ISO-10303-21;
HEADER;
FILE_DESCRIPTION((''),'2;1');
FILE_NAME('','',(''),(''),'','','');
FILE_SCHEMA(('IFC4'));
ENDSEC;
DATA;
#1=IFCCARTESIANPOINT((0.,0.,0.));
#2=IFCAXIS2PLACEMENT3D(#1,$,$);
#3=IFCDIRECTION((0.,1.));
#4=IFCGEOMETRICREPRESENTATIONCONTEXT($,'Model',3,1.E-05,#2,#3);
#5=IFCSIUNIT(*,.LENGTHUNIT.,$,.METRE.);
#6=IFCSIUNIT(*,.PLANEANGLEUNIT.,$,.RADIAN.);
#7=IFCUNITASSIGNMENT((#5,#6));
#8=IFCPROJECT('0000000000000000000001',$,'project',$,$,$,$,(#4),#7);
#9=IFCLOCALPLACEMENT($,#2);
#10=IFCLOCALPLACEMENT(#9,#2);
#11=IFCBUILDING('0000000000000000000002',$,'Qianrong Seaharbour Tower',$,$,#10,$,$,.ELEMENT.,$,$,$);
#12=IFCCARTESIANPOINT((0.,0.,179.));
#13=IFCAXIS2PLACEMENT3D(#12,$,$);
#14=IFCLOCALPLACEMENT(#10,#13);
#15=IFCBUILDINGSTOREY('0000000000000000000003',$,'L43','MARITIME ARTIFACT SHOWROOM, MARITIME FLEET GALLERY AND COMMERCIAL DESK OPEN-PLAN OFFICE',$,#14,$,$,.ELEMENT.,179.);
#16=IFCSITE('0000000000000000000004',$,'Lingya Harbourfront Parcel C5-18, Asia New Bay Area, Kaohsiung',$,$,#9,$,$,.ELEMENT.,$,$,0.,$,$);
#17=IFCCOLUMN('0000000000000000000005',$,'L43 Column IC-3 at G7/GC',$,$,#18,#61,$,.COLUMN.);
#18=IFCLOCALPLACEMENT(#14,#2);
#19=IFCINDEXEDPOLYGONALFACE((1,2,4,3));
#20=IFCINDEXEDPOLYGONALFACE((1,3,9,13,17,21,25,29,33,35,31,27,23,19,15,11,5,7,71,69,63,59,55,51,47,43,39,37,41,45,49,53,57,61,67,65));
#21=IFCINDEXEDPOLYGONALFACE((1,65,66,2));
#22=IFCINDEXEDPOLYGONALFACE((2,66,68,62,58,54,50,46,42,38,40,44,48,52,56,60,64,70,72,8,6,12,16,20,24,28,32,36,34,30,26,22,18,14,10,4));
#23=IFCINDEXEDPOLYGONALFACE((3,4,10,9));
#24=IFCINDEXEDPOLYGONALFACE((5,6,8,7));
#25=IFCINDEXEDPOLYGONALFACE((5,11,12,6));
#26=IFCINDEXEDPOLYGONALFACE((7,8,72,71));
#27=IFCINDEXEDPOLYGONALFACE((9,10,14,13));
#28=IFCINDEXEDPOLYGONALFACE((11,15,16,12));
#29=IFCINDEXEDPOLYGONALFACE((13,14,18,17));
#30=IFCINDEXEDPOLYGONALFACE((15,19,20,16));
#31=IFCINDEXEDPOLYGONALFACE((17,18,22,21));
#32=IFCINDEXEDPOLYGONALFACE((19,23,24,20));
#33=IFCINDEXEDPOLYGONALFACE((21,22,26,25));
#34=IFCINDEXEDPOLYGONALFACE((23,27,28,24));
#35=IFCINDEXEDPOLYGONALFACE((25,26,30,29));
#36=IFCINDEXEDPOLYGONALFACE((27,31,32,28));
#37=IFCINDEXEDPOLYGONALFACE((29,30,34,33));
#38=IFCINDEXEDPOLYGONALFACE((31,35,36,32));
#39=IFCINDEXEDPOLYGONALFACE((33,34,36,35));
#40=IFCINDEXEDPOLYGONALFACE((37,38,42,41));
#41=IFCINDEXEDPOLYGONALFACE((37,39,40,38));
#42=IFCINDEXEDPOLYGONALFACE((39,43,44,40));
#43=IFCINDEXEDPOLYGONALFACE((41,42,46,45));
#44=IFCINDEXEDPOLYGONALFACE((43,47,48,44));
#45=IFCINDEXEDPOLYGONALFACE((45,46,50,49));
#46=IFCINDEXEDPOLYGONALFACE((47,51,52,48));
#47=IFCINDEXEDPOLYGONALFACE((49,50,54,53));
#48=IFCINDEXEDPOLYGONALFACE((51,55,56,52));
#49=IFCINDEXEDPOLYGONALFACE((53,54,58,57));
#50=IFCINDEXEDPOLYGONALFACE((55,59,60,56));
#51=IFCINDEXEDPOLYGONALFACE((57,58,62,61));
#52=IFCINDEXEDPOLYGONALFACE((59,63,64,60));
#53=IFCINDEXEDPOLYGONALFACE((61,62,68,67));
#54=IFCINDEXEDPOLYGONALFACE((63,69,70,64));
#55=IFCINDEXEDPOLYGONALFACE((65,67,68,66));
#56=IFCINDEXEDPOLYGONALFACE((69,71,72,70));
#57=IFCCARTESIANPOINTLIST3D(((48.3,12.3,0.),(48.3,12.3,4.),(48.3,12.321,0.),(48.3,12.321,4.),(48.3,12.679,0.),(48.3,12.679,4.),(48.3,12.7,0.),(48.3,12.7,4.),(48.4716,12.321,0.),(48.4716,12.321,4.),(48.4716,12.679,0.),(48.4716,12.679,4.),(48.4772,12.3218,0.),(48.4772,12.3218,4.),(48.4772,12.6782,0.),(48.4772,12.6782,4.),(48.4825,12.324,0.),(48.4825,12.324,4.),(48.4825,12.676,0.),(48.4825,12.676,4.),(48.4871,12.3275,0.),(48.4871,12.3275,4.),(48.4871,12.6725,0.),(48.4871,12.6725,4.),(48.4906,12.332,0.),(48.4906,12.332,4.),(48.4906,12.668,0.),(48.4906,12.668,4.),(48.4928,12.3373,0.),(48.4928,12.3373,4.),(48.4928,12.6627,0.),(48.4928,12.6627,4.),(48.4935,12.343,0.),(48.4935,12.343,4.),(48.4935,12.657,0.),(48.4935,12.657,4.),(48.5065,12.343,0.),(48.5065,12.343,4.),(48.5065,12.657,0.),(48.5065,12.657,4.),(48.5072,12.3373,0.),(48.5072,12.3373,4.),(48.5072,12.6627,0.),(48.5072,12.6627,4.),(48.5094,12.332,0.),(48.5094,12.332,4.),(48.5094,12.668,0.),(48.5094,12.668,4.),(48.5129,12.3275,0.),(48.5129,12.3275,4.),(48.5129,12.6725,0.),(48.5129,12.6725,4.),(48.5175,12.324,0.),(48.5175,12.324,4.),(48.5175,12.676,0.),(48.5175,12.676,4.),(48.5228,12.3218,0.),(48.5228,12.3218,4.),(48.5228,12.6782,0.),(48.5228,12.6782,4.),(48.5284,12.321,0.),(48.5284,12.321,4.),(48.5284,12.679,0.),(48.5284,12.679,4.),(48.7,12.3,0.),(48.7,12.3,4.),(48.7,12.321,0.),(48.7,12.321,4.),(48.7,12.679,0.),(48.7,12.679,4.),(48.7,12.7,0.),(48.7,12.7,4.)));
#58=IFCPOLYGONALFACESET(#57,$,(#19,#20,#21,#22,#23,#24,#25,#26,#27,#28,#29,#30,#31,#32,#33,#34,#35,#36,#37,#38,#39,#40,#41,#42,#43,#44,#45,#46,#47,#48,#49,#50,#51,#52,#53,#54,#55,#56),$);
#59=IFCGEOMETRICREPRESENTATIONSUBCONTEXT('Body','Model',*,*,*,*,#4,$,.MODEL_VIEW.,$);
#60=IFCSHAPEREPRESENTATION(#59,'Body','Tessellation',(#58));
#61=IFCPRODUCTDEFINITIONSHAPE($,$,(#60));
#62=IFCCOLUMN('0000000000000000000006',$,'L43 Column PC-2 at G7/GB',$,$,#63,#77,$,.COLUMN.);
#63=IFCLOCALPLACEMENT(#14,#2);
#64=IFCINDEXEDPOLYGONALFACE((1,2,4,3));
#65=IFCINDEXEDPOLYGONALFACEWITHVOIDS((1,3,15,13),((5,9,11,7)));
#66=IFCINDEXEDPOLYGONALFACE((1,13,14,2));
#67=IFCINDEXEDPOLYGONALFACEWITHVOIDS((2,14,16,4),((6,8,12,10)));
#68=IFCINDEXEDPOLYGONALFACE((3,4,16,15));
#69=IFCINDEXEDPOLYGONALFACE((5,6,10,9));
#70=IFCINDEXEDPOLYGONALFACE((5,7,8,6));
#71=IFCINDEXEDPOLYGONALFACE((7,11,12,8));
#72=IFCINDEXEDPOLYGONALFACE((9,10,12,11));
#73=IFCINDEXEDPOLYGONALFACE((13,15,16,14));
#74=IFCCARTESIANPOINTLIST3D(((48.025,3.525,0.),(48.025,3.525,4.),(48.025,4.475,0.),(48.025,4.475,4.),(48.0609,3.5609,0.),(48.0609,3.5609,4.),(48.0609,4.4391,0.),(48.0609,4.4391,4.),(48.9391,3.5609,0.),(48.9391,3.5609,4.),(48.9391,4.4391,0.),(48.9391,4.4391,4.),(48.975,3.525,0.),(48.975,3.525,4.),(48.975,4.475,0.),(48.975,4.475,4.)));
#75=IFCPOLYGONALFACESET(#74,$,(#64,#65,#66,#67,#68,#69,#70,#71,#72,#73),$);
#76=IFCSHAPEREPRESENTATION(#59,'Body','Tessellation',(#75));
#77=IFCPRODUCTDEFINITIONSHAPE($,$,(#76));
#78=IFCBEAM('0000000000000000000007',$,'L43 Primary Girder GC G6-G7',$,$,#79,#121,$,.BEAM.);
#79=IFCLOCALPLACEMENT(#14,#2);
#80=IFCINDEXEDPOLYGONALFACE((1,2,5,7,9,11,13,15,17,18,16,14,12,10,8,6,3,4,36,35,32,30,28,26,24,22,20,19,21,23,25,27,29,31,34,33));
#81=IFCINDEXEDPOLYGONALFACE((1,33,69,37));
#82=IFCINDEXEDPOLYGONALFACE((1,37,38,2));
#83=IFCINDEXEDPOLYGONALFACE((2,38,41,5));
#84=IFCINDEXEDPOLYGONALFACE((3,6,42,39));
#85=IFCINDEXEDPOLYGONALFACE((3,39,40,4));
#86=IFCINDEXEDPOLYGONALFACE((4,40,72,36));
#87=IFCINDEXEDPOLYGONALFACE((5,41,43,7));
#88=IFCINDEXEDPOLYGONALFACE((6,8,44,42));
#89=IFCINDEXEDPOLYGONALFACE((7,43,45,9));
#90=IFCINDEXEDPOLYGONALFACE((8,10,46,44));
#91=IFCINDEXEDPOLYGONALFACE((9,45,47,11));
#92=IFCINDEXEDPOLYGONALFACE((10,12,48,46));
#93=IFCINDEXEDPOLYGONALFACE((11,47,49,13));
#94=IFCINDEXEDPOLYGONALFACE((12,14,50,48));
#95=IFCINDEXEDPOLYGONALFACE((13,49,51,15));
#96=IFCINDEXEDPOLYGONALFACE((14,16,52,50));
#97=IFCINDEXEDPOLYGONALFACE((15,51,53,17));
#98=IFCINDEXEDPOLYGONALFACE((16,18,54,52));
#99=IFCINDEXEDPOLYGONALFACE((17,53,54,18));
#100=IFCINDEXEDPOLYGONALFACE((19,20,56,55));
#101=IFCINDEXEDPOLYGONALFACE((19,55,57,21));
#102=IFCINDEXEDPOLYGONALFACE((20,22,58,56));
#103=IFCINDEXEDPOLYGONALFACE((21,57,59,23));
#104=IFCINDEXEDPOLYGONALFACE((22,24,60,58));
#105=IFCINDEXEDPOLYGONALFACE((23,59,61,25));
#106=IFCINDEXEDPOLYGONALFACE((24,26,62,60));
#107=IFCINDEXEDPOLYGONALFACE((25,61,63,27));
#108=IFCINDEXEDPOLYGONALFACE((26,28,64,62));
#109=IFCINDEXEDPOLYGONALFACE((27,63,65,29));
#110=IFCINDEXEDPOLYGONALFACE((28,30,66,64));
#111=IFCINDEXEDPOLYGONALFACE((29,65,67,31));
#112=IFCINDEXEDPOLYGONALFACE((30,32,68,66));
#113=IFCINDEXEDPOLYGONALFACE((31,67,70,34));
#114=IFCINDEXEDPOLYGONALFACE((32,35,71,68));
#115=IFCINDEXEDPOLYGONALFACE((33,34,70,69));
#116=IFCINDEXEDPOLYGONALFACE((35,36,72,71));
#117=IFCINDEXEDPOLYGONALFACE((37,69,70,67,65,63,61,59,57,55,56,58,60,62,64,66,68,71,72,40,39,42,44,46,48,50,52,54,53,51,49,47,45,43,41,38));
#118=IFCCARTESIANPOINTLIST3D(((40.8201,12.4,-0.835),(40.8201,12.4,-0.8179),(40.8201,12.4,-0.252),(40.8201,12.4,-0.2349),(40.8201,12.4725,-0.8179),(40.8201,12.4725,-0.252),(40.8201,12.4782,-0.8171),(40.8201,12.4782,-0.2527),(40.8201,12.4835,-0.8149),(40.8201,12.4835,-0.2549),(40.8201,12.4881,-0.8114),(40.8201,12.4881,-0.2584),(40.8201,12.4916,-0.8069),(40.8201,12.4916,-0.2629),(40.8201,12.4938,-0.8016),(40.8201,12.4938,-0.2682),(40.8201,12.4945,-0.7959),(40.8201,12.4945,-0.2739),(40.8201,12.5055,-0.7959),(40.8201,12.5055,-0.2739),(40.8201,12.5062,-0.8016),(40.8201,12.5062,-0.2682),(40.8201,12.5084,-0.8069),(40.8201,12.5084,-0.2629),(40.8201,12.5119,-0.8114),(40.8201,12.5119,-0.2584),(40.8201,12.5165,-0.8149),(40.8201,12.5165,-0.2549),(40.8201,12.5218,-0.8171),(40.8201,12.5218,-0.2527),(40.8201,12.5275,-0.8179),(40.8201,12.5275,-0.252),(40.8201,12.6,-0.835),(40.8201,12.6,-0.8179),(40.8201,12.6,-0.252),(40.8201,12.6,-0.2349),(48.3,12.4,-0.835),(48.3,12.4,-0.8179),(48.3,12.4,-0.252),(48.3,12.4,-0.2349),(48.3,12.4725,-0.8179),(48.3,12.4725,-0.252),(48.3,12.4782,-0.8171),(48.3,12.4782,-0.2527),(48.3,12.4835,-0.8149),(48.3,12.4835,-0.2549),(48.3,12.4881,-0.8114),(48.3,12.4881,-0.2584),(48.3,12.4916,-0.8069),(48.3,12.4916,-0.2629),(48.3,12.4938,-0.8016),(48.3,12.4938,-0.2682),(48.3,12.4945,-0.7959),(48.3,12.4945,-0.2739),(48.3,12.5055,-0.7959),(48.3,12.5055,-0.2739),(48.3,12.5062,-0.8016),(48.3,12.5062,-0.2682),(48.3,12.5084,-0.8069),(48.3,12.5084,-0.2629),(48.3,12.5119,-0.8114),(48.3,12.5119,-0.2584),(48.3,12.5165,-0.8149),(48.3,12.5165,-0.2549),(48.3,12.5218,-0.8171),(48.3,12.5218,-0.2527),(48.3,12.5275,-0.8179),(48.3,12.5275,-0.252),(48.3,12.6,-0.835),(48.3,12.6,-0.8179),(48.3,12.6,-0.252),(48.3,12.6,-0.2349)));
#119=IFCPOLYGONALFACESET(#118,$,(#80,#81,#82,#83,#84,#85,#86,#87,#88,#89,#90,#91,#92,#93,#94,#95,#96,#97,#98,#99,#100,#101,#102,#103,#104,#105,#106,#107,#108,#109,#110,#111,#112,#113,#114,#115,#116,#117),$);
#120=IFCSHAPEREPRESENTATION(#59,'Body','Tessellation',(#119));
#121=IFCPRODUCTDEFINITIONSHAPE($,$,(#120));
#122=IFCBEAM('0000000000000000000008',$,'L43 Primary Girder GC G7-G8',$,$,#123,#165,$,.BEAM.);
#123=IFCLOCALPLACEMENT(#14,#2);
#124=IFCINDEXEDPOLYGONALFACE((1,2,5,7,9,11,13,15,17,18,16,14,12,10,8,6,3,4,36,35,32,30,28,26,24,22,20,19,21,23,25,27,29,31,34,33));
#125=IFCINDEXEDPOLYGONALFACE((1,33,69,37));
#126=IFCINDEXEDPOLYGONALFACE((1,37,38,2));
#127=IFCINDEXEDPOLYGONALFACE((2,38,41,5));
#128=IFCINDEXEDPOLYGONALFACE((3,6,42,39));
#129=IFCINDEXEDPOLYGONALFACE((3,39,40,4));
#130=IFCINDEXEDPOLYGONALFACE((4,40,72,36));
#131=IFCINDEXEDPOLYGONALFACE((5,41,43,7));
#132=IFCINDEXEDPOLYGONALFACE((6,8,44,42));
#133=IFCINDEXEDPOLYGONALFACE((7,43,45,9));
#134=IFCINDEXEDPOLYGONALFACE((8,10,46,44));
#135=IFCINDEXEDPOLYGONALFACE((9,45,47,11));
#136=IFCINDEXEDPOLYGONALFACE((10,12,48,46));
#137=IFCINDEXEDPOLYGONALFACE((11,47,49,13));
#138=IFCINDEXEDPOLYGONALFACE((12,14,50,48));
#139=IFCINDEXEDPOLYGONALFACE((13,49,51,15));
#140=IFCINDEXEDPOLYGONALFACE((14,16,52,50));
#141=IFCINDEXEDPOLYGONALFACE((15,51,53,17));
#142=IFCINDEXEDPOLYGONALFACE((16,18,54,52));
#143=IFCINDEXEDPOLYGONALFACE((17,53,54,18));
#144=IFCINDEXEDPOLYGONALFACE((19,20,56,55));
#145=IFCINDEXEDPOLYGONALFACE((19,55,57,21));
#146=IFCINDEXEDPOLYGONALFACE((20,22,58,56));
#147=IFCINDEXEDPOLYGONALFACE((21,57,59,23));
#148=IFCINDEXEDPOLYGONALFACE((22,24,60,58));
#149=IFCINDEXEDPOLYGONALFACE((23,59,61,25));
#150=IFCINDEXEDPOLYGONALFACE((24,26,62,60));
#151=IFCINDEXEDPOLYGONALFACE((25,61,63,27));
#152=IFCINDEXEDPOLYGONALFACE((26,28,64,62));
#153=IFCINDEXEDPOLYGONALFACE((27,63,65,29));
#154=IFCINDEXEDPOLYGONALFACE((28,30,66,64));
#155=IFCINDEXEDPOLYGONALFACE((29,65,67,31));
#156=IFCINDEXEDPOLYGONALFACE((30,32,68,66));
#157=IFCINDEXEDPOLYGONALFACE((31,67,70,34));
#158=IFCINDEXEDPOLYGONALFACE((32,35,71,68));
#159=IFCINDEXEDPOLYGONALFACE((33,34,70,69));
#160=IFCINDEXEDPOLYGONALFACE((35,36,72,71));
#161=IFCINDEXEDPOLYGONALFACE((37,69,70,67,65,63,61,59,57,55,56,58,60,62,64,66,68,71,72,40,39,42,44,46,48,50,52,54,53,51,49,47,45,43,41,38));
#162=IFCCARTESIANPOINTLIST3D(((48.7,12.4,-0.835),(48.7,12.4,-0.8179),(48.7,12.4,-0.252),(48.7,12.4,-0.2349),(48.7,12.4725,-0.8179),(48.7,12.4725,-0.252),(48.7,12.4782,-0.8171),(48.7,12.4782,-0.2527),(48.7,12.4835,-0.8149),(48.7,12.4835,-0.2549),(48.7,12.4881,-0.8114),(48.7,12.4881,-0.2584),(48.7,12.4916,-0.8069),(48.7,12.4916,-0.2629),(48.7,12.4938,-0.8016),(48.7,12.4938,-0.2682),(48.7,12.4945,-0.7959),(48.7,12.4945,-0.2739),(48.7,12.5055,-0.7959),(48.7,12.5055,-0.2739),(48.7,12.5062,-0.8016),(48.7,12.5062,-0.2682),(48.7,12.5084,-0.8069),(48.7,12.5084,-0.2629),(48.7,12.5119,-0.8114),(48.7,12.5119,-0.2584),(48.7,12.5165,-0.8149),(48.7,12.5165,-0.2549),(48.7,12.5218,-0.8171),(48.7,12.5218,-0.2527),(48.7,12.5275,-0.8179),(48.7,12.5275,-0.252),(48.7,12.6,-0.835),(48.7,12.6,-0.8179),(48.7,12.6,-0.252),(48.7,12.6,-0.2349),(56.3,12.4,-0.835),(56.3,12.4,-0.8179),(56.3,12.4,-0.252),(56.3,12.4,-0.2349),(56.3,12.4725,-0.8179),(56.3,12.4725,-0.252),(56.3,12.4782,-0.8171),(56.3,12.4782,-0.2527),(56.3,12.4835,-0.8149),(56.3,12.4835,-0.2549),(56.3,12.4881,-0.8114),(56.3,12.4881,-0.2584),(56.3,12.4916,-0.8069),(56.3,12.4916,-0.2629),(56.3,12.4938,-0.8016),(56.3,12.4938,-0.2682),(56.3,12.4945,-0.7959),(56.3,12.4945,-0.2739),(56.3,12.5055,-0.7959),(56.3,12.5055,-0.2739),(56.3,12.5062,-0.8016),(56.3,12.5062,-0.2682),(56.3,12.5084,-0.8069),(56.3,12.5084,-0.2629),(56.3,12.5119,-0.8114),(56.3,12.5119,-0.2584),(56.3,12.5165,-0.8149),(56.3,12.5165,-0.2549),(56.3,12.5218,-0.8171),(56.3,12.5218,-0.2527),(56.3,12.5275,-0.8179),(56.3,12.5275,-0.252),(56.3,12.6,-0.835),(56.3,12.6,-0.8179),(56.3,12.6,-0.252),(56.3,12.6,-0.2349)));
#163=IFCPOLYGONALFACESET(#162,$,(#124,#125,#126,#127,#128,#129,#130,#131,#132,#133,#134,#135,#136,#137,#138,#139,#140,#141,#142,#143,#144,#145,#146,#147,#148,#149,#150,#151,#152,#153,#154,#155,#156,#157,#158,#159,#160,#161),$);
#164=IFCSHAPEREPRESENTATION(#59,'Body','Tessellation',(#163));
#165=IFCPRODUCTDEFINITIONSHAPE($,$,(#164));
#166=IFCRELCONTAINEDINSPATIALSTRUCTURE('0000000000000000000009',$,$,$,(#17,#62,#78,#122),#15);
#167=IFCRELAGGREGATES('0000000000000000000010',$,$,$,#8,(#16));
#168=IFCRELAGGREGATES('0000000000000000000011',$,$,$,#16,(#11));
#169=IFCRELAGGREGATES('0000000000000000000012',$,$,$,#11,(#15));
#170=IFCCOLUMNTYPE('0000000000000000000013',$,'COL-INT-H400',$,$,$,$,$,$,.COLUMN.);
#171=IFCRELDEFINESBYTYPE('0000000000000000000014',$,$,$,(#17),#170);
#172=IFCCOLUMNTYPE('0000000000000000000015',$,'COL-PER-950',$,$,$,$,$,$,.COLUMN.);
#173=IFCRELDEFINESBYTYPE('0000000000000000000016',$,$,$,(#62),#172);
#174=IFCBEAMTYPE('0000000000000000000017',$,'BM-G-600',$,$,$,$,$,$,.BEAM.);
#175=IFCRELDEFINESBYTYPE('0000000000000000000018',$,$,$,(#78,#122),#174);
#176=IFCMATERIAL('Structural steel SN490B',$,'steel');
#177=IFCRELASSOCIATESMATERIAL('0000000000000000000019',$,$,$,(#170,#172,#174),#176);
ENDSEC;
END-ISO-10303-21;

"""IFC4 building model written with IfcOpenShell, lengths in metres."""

from ifc_helpers import new_model, si_unit, direction, frame, origin, origin_2d, place, context, subcontext, project, spatial, hollow_rectangle, i_section, extrude, material, material_profile, profile_set, type_object, element, save


model = new_model("IFC4")

# Units and contexts
model_context = context("Model", 3, precision=1e-05, world=origin(), true_north=direction((0.0, 1.0)))
body_context = subcontext(model_context, "Body", "Model", "MODEL_VIEW")
ifc_project = project(units=[si_unit("LENGTHUNIT", "METRE"), si_unit("PLANEANGLEUNIT", "RADIAN")], contexts=[model_context])

# Site, building, storey
site_placement = place(None, origin())
site = spatial("IfcSite", under=ifc_project, at=site_placement, Name="Lingya Harbourfront Parcel C5-18, Asia New Bay Area, Kaohsiung", CompositionType="ELEMENT", RefElevation=0.0)
building_placement = place(site_placement, origin())
building = spatial("IfcBuilding", under=site, at=building_placement, Name="Qianrong Seaharbour Tower", CompositionType="ELEMENT")
storey_placement = place(building_placement, frame((0.0, 0.0, 179.0)))
storey = spatial("IfcBuildingStorey", under=building, at=storey_placement, Name="L43", Description="MARITIME ARTIFACT SHOWROOM, MARITIME FLEET GALLERY AND COMMERCIAL DESK OPEN-PLAN OFFICE", CompositionType="ELEMENT", Elevation=179.0)

# Columns
ifc_material_1 = material(Name="Structural steel SN490B", Category="steel")
ifc_material_profile_1 = material_profile(ifc_material_1, i_section(OverallWidth=0.3999, OverallDepth=0.3999, WebThickness=0.0129, FlangeThickness=0.021, FilletRadius=0.022, at=origin_2d()), Name="H400x400x13x21")
ifc_profile_set_1 = profile_set([ifc_material_profile_1], Name="Structural steel SN490B")
column_type_1 = type_object("IfcColumnType", Name="COL-INT-H400", PredefinedType="COLUMN", material=ifc_profile_set_1)
column_1_placement = place(storey_placement, frame((48.5, 12.5, 0.0), z_axis=(0.0, 0.0, 1.0), x_axis=(1.0, 0.0, 0.0)))
element("IfcColumn", 1, at=column_1_placement, inside=storey, type_object=column_type_1, Name="L43 Column IC-3 at G7/GC", PredefinedType="COLUMN", context=body_context, shape_type="SweptSolid", body=[
    extrude(i_section(OverallWidth=0.3999, OverallDepth=0.3999, WebThickness=0.0129, FlangeThickness=0.021, FilletRadius=0.022, at=origin_2d()), origin(), (0.0, 0.0, 1.0), 4.0),
])
ifc_material_profile_2 = material_profile(ifc_material_1, hollow_rectangle(XDim=0.95, YDim=0.95, WallThickness=0.0359, at=origin_2d()), Name="BOX950x950x36")
ifc_profile_set_2 = profile_set([ifc_material_profile_2], Name="Structural steel SN490B")
column_type_2 = type_object("IfcColumnType", Name="COL-PER-950", PredefinedType="COLUMN", material=ifc_profile_set_2)
column_2_placement = place(storey_placement, frame((48.5, 4.0, 0.0), z_axis=(0.0, 0.0, 1.0), x_axis=(1.0, 0.0, 0.0)))
element("IfcColumn", 2, at=column_2_placement, inside=storey, type_object=column_type_2, Name="L43 Column PC-2 at G7/GB", PredefinedType="COLUMN", context=body_context, shape_type="SweptSolid", body=[
    extrude(hollow_rectangle(XDim=0.95, YDim=0.95, WallThickness=0.0359, at=origin_2d()), origin(), (0.0, 0.0, 1.0), 4.0),
])

# Beams
ifc_material_profile_3 = material_profile(ifc_material_1, i_section(OverallWidth=0.2, OverallDepth=0.6001, WebThickness=0.011, FlangeThickness=0.0171, FilletRadius=0.022, at=origin_2d()), Name="H600x200x11x17")
ifc_profile_set_3 = profile_set([ifc_material_profile_3], Name="Structural steel SN490B")
beam_type_1 = type_object("IfcBeamType", Name="BM-G-600", PredefinedType="BEAM", material=ifc_profile_set_3)
beam_1_placement = place(storey_placement, frame((40.8201, 12.5, -0.5349), z_axis=(1.0, 0.0, 0.0), x_axis=(0.0, 1.0, 0.0)))
element("IfcBeam", 3, at=beam_1_placement, inside=storey, type_object=beam_type_1, Name="L43 Primary Girder GC G6-G7", PredefinedType="BEAM", context=body_context, shape_type="SweptSolid", body=[
    extrude(i_section(OverallWidth=0.2, OverallDepth=0.6001, WebThickness=0.011, FlangeThickness=0.0171, FilletRadius=0.022, at=origin_2d()), origin(), (0.0, 0.0, 1.0), 7.48),
])
beam_2_placement = place(storey_placement, frame((48.7, 12.5, -0.5349), z_axis=(1.0, 0.0, 0.0), x_axis=(0.0, 1.0, 0.0)))
element("IfcBeam", 4, at=beam_2_placement, inside=storey, type_object=beam_type_1, Name="L43 Primary Girder GC G7-G8", PredefinedType="BEAM", context=body_context, shape_type="SweptSolid", body=[
    extrude(i_section(OverallWidth=0.2, OverallDepth=0.6001, WebThickness=0.011, FlangeThickness=0.0171, FilletRadius=0.022, at=origin_2d()), origin(), (0.0, 0.0, 1.0), 7.6001),
])

save(model, "model.ifc")
